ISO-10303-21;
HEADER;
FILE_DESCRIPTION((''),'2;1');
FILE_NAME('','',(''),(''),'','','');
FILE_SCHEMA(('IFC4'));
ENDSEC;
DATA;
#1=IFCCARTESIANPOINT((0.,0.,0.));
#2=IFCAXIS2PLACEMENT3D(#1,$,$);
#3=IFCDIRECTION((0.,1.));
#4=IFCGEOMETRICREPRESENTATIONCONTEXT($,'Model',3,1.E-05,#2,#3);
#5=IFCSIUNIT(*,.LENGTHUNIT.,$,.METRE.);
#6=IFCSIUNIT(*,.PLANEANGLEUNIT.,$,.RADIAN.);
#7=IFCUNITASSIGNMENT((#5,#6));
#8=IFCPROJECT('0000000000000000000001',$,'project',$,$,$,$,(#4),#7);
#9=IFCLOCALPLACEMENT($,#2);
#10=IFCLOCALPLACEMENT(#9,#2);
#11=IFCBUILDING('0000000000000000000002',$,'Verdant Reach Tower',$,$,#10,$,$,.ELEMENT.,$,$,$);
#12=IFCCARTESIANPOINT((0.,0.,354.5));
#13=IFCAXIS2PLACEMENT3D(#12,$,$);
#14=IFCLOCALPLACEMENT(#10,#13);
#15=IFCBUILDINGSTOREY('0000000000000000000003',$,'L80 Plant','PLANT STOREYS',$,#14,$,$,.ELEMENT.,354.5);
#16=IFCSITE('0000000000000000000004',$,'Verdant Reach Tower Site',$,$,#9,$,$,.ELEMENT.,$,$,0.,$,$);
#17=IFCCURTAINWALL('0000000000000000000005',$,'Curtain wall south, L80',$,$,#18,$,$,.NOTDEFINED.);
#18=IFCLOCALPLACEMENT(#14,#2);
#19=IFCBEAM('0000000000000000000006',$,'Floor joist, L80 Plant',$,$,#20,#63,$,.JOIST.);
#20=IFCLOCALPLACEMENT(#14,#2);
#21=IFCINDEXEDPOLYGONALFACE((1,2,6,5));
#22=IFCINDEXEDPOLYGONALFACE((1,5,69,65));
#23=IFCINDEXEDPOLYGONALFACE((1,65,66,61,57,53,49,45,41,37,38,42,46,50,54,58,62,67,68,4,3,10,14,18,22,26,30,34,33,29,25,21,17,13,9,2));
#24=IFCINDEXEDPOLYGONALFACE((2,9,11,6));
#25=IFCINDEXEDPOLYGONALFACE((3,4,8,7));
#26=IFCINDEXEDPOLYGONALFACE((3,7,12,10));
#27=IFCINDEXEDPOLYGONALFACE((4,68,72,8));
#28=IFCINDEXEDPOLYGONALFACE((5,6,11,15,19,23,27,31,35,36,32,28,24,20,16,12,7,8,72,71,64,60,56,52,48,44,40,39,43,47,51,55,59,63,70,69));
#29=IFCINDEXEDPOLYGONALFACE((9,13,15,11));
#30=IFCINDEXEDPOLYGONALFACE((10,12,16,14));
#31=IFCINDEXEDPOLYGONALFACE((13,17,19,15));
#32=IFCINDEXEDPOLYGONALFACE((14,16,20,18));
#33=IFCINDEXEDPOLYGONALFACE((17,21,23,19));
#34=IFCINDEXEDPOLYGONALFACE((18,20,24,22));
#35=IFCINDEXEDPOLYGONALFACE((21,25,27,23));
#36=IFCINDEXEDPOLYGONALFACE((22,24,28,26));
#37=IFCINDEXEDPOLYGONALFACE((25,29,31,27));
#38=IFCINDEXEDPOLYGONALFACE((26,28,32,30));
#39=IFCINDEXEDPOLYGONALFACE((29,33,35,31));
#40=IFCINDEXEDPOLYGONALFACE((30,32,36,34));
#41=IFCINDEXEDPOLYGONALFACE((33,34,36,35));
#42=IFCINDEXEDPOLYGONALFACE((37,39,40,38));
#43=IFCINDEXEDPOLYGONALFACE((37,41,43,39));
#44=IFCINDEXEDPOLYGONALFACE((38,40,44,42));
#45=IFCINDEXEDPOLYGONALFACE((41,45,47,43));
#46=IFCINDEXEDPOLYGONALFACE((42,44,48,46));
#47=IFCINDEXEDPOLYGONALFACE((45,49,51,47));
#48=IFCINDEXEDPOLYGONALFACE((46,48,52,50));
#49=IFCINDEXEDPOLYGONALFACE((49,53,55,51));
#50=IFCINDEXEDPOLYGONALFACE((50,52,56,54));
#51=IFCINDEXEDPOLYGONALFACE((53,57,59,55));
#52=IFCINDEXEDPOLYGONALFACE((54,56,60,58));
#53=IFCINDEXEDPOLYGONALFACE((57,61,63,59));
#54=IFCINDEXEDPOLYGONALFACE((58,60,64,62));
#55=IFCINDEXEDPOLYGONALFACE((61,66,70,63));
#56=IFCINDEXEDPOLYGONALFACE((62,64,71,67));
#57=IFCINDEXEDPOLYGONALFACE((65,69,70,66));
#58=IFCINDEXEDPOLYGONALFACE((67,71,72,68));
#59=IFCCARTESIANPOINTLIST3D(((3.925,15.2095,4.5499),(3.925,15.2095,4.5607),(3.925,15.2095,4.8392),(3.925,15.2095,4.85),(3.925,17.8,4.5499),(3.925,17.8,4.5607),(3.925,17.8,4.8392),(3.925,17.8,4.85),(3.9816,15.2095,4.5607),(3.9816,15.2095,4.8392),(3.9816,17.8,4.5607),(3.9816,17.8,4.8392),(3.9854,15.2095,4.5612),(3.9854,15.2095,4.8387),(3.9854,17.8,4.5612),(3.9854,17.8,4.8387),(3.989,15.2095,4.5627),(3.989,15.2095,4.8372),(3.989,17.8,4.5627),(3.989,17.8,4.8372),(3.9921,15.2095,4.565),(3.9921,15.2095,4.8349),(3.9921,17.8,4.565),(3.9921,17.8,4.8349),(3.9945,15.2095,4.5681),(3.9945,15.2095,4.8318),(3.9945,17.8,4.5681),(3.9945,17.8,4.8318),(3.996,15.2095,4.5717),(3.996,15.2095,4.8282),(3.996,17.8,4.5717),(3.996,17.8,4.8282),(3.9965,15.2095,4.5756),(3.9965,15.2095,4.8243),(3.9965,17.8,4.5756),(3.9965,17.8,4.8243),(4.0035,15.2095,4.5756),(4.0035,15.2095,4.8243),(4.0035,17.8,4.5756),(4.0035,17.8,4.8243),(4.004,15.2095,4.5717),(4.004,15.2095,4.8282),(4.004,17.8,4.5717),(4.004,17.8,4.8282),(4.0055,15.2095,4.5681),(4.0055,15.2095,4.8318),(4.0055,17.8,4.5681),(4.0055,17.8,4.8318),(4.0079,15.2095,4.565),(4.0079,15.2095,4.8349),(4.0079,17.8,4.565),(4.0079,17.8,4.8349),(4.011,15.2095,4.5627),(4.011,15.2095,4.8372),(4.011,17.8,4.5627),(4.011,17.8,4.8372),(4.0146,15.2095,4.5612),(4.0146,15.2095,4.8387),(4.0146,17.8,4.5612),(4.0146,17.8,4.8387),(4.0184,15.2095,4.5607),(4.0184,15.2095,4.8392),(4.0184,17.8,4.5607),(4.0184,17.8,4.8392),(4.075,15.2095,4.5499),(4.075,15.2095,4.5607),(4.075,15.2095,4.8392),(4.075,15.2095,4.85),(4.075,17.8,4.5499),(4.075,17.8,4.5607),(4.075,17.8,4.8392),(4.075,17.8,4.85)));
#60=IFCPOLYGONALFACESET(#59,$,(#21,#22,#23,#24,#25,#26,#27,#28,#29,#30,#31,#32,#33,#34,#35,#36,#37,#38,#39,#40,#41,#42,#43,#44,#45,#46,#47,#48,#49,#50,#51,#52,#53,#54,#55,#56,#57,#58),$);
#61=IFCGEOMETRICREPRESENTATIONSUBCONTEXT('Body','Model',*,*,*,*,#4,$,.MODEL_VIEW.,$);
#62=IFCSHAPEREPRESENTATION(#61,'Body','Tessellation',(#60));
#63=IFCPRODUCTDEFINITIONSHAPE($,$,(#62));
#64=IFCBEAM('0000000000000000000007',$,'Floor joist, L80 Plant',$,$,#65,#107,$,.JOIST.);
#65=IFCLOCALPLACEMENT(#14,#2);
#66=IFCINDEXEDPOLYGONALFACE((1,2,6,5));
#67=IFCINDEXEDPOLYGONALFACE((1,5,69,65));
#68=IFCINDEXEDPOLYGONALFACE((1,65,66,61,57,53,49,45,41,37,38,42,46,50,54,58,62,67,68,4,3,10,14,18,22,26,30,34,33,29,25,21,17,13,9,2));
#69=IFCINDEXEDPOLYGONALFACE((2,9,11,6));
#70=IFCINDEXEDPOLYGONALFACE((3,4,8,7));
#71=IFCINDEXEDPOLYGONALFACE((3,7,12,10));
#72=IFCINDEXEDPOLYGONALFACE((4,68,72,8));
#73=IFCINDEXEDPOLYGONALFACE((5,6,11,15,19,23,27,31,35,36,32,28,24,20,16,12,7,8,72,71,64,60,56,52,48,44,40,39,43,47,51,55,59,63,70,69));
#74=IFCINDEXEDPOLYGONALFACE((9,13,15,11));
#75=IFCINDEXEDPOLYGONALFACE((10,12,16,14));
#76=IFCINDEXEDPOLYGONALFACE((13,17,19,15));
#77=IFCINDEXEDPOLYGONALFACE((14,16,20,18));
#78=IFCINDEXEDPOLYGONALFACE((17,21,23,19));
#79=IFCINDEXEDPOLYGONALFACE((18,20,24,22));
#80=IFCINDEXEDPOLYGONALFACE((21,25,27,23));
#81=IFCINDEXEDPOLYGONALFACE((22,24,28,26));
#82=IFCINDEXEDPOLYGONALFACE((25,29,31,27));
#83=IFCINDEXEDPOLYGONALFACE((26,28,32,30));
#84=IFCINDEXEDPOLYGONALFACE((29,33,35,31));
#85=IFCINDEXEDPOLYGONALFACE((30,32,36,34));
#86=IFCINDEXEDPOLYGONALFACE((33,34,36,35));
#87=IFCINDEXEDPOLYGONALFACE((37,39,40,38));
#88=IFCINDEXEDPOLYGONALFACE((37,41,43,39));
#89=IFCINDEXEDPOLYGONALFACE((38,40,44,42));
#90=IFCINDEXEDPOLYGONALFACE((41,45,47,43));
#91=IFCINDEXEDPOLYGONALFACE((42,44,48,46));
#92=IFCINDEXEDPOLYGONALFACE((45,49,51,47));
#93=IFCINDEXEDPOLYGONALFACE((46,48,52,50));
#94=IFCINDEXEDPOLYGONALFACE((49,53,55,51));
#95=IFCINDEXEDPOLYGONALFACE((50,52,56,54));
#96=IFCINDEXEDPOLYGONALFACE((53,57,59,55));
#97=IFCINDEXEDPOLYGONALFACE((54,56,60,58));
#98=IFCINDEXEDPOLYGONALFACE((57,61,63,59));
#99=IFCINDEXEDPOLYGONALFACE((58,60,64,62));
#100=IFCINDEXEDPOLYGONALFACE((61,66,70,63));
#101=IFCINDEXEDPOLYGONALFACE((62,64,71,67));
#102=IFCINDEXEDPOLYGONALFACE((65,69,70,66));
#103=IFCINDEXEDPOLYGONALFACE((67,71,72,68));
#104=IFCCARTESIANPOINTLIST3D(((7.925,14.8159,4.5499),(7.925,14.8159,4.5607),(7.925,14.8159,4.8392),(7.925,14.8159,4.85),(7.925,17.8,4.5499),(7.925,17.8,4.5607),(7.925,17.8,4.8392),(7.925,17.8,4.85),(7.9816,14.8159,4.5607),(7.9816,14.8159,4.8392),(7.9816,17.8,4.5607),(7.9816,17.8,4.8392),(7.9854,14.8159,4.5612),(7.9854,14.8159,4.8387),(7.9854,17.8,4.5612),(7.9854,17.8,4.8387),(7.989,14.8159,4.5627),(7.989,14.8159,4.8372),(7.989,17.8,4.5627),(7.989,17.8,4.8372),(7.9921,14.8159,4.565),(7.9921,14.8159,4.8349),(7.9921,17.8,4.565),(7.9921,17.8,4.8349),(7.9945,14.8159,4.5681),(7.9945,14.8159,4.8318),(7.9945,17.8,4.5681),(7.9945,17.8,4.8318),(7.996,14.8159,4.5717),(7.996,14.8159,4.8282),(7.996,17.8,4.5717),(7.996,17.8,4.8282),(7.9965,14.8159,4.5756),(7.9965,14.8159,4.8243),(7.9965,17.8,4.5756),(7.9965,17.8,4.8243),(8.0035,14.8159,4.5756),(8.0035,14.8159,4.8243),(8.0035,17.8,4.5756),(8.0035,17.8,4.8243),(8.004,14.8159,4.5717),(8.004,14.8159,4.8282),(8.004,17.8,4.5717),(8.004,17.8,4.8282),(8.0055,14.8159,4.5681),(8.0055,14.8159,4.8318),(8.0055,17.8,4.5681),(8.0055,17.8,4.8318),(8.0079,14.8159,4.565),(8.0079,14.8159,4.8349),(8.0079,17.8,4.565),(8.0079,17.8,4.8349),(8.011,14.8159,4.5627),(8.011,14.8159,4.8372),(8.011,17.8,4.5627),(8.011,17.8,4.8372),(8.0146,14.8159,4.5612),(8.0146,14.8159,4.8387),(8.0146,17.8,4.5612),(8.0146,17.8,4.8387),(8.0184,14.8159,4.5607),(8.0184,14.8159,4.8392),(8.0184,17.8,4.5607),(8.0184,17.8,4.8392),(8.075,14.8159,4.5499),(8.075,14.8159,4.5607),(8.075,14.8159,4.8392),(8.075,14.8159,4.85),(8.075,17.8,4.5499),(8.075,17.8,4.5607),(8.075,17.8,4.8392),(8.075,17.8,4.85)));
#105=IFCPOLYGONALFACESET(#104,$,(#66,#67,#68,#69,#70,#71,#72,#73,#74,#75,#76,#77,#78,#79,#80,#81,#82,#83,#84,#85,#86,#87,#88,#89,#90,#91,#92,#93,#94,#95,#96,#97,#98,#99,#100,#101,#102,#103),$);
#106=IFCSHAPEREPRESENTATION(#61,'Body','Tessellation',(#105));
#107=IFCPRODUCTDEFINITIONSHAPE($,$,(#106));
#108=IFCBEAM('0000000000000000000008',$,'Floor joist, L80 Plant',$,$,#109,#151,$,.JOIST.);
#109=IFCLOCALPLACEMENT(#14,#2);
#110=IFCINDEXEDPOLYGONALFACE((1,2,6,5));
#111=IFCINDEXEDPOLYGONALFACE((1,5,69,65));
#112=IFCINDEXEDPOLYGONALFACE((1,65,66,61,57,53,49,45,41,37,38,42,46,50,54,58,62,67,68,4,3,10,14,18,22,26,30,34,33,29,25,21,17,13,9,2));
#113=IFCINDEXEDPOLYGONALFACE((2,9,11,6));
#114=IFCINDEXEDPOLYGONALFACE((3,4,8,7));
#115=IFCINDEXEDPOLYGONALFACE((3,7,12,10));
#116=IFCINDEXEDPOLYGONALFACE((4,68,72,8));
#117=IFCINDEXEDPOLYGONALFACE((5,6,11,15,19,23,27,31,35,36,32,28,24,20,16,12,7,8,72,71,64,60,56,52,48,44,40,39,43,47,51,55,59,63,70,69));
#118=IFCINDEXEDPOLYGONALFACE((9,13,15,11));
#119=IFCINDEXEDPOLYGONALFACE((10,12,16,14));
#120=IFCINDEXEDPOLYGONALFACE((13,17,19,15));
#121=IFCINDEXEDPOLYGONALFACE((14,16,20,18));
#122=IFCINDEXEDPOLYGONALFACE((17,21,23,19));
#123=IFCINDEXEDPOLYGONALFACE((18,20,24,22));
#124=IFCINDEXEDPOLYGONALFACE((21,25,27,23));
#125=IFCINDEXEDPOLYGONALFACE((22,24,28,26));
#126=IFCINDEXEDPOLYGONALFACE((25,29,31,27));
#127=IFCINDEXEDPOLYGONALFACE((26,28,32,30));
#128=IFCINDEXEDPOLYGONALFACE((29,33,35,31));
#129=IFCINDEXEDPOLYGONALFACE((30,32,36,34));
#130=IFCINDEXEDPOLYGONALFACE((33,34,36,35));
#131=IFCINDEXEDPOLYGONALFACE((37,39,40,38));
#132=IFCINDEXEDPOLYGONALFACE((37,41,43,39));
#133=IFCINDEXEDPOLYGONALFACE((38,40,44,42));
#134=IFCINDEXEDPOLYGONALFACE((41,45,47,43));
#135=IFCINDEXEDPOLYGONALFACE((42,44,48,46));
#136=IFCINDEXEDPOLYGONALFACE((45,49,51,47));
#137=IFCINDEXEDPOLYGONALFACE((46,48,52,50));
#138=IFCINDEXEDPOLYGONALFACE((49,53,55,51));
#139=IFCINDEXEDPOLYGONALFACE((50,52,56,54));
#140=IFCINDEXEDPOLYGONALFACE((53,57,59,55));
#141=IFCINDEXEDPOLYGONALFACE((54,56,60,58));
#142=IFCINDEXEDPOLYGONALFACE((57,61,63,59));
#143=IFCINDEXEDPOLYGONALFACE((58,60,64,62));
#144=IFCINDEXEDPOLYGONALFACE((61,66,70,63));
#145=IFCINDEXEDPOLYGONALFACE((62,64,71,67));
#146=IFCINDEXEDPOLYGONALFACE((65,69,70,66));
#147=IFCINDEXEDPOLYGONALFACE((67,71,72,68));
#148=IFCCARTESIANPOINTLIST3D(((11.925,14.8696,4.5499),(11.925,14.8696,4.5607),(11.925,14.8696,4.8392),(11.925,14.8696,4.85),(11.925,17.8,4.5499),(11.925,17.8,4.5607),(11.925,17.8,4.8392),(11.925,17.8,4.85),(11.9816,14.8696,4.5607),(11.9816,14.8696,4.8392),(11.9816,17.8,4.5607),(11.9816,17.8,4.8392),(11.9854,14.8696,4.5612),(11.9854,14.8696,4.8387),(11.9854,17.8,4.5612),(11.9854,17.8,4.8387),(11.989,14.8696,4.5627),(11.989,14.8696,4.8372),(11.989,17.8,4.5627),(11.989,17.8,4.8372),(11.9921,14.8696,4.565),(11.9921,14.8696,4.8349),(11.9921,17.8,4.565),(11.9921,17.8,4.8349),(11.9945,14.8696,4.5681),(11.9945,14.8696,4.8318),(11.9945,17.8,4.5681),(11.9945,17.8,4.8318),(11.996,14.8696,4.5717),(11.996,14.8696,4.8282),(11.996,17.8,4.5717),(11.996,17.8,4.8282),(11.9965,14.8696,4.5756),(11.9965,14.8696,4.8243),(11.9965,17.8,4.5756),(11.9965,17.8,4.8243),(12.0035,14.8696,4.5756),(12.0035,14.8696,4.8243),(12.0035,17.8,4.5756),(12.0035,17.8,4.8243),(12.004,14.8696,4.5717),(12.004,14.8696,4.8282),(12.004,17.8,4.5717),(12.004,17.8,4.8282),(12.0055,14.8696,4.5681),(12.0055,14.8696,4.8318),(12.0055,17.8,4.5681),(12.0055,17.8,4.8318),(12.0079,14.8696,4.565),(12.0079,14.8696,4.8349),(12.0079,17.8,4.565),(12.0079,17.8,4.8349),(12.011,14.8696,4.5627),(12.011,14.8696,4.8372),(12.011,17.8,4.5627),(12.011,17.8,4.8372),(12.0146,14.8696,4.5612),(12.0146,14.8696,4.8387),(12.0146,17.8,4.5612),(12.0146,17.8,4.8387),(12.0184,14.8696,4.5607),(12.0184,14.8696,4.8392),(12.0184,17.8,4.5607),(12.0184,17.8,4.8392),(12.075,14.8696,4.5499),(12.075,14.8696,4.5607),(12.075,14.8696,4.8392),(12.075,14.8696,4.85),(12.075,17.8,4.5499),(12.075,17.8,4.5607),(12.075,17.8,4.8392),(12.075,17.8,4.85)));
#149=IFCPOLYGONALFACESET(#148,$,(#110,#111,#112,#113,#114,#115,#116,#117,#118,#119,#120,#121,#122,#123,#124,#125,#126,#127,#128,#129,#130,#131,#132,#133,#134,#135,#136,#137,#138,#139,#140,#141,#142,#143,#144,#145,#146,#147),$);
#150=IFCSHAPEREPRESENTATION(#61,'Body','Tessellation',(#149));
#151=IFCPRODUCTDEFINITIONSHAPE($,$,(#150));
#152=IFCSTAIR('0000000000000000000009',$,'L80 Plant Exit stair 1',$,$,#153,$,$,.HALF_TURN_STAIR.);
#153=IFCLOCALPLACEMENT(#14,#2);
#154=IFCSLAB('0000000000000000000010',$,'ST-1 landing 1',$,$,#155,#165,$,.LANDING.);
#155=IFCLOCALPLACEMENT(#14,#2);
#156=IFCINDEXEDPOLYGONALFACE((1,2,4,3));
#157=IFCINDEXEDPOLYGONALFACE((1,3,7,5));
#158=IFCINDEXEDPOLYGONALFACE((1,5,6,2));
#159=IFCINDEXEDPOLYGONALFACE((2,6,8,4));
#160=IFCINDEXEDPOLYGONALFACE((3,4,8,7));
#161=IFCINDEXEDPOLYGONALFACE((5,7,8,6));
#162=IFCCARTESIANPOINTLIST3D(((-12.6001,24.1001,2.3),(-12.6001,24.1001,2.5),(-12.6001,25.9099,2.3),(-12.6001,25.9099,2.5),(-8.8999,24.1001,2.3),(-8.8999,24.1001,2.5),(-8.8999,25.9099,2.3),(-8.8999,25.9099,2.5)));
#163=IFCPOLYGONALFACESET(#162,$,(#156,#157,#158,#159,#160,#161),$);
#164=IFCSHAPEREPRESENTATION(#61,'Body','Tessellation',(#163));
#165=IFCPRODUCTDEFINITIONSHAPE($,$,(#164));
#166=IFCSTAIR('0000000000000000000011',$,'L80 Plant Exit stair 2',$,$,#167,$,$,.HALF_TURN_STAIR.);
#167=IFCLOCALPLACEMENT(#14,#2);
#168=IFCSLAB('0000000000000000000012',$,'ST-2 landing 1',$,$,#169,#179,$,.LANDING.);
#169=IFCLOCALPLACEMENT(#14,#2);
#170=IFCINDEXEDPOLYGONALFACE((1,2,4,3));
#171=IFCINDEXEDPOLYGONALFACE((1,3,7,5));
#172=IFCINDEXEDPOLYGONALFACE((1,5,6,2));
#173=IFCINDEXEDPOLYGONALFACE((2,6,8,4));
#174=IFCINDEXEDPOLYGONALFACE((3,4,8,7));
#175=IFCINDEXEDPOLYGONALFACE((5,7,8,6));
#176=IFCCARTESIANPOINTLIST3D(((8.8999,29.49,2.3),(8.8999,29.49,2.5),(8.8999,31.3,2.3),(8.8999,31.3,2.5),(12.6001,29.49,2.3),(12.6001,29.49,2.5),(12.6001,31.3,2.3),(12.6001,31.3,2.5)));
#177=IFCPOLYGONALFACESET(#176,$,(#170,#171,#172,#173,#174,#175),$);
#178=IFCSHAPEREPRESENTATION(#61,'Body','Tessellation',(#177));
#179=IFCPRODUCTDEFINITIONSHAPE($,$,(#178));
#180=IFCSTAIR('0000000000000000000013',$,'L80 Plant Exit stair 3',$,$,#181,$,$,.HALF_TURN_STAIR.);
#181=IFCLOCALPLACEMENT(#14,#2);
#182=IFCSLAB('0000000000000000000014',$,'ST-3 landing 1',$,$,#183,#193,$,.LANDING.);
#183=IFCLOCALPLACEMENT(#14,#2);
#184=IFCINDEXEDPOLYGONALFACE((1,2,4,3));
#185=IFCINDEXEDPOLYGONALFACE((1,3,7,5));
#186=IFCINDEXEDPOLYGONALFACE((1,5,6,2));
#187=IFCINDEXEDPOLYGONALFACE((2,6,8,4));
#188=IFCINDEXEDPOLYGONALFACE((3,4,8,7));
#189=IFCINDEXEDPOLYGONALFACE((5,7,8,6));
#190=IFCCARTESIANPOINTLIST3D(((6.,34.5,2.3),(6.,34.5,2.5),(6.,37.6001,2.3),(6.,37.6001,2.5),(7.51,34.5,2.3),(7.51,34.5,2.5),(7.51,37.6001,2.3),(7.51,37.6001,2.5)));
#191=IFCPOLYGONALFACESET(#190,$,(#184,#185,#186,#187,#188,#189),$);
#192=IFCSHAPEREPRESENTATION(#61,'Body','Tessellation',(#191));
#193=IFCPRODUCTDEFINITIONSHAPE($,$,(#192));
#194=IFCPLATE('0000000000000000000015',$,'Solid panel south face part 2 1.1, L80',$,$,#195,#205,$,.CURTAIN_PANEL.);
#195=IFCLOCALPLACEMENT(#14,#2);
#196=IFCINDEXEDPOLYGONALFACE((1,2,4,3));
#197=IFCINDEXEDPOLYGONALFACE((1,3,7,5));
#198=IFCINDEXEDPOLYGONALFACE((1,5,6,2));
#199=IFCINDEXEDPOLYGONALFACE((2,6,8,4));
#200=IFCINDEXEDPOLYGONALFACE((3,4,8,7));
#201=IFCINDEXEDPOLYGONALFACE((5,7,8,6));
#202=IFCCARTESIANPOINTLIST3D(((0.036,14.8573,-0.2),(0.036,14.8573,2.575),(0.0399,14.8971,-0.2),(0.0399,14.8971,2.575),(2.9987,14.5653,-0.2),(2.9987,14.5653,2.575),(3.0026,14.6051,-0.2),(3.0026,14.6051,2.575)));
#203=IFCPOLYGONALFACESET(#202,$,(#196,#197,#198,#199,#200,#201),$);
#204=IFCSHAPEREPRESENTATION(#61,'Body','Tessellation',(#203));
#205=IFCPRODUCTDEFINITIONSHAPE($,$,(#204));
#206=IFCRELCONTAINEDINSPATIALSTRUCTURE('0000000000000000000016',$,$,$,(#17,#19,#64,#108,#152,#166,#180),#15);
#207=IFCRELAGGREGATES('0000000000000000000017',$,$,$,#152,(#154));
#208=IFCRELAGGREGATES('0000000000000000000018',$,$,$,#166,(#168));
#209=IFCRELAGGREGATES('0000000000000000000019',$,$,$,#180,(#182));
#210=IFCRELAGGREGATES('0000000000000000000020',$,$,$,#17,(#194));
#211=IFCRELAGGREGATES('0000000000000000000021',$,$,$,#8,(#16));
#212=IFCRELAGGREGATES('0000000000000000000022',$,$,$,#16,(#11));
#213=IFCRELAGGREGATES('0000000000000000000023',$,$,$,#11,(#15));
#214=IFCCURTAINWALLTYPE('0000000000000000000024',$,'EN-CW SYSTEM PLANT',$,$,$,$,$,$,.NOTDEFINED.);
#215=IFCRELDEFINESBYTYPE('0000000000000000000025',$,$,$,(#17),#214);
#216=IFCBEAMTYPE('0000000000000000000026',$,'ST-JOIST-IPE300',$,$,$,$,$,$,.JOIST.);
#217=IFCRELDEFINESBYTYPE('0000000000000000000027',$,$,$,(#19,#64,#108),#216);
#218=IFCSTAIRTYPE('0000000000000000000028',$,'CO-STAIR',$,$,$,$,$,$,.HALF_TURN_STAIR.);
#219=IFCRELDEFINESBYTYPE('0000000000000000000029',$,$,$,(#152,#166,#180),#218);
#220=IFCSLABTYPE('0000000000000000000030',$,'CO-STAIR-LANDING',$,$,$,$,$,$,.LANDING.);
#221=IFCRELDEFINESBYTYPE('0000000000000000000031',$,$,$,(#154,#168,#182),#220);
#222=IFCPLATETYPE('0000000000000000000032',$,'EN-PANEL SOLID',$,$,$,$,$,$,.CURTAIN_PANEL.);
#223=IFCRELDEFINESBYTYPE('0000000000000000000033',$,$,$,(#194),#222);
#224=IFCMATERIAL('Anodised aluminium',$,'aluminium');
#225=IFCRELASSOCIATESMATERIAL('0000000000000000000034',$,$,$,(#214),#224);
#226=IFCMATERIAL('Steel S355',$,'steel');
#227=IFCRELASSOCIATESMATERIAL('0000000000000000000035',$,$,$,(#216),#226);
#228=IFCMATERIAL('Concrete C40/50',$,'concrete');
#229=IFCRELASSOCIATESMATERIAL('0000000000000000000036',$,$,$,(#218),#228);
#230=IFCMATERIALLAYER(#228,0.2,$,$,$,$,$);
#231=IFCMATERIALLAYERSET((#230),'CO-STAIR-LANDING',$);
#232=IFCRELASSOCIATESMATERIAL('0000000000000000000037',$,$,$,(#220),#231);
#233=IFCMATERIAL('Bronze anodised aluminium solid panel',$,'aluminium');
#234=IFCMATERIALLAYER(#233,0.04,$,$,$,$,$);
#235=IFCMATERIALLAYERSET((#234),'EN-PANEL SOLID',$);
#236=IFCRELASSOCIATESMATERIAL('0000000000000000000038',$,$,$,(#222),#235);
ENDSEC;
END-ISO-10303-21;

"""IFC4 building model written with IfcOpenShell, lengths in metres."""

from ifc_helpers import new_model, si_unit, direction, frame, origin, origin_2d, place, context, subcontext, project, spatial, polyline, rectangle, i_section, outline, extrude, material, layer, layer_set, material_profile, profile_set, type_object, element, aggregate, save


model = new_model("IFC4")

# Units and contexts
model_context = context("Model", 3, precision=1e-05, world=origin(), true_north=direction((0.0, 1.0)))
body_context = subcontext(model_context, "Body", "Model", "MODEL_VIEW")
ifc_project = project(units=[si_unit("LENGTHUNIT", "METRE"), si_unit("PLANEANGLEUNIT", "RADIAN")], contexts=[model_context])

# Site, building, storey
site_placement = place(None, origin())
site = spatial("IfcSite", under=ifc_project, at=site_placement, Name="Verdant Reach Tower Site", CompositionType="ELEMENT", RefElevation=0.0)
building_placement = place(site_placement, origin())
building = spatial("IfcBuilding", under=site, at=building_placement, Name="Verdant Reach Tower", CompositionType="ELEMENT")
storey_placement = place(building_placement, frame((0.0, 0.0, 354.5)))
storey = spatial("IfcBuildingStorey", under=building, at=storey_placement, Name="L80 Plant", Description="PLANT STOREYS", CompositionType="ELEMENT", Elevation=354.5)

# Curtain wall
ifc_material_1 = material(Name="Anodised aluminium", Category="aluminium")
curtain_wall_type = type_object("IfcCurtainWallType", Name="EN-CW SYSTEM PLANT", PredefinedType="NOTDEFINED", material=ifc_material_1)
curtain_wall_placement = place(storey_placement, origin())
curtain_wall = element("IfcCurtainWall", 1, at=curtain_wall_placement, inside=storey, type_object=curtain_wall_type, Name="Curtain wall south, L80", PredefinedType="NOTDEFINED")

# Beams
ifc_material_2 = material(Name="Steel S355", Category="steel")
ifc_material_profile_1 = material_profile(ifc_material_2, i_section(OverallWidth=0.1499, OverallDepth=0.3, WebThickness=0.0071, FlangeThickness=0.0107, FilletRadius=0.0149, at=origin_2d()), Name="IPE 300")
ifc_profile_set_1 = profile_set([ifc_material_profile_1], Name="Steel S355")
beam_type = type_object("IfcBeamType", Name="ST-JOIST-IPE300", PredefinedType="JOIST", material=ifc_profile_set_1)
beam_1_placement = place(storey_placement, frame((4.0, 17.8, 4.7), z_axis=(0.0, -1.0, 0.0), x_axis=(1.0, 0.0, 0.0)))
element("IfcBeam", 2, at=beam_1_placement, inside=storey, type_object=beam_type, Name="Floor joist, L80 Plant", PredefinedType="JOIST", context=body_context, shape_type="SweptSolid", body=[
    extrude(i_section(OverallWidth=0.1499, OverallDepth=0.3, WebThickness=0.0071, FlangeThickness=0.0107, FilletRadius=0.0149, at=origin_2d()), origin(), (0.0, 0.0, 1.0), 2.5906),
])
beam_2_placement = place(storey_placement, frame((8.0, 17.8, 4.7), z_axis=(0.0, -1.0, 0.0), x_axis=(1.0, 0.0, 0.0)))
element("IfcBeam", 3, at=beam_2_placement, inside=storey, type_object=beam_type, Name="Floor joist, L80 Plant", PredefinedType="JOIST", context=body_context, shape_type="SweptSolid", body=[
    extrude(i_section(OverallWidth=0.1499, OverallDepth=0.3, WebThickness=0.0071, FlangeThickness=0.0107, FilletRadius=0.0149, at=origin_2d()), origin(), (0.0, 0.0, 1.0), 2.9841),
])
beam_3_placement = place(storey_placement, frame((12.0, 17.8, 4.7), z_axis=(0.0, -1.0, 0.0), x_axis=(1.0, 0.0, 0.0)))
element("IfcBeam", 4, at=beam_3_placement, inside=storey, type_object=beam_type, Name="Floor joist, L80 Plant", PredefinedType="JOIST", context=body_context, shape_type="SweptSolid", body=[
    extrude(i_section(OverallWidth=0.1499, OverallDepth=0.3, WebThickness=0.0071, FlangeThickness=0.0107, FilletRadius=0.0149, at=origin_2d()), origin(), (0.0, 0.0, 1.0), 2.9304),
])

# Stairs, slabs
ifc_material_3 = material(Name="Concrete C40/50", Category="concrete")
stair_type = type_object("IfcStairType", Name="CO-STAIR", PredefinedType="HALF_TURN_STAIR", material=ifc_material_3)
stair_1_placement = place(storey_placement, origin())
stair_1 = element("IfcStair", 5, at=stair_1_placement, inside=storey, type_object=stair_type, Name="L80 Plant Exit stair 1", PredefinedType="HALF_TURN_STAIR")
ifc_layer_1 = layer(ifc_material_3, 0.2)
ifc_layer_set_1 = layer_set([ifc_layer_1], Name="CO-STAIR-LANDING")
slab_type = type_object("IfcSlabType", Name="CO-STAIR-LANDING", PredefinedType="LANDING", material=ifc_layer_set_1)
slab_1_placement = place(storey_placement, frame((0.0, 0.0, 2.3)))
slab_1 = element("IfcSlab", 6, at=slab_1_placement, type_object=slab_type, Name="ST-1 landing 1", PredefinedType="LANDING", context=body_context, shape_type="SweptSolid", body=[
    extrude(outline(polyline([(-12.6001, 25.9099), (-12.6001, 24.1001), (-8.8999, 24.1001), (-8.8999, 25.9099), (-12.6001, 25.9099)])), origin(), (0.0, 0.0, 1.0), 0.2),
])
aggregate(stair_1, [slab_1])
stair_2_placement = place(storey_placement, origin())
stair_2 = element("IfcStair", 7, at=stair_2_placement, inside=storey, type_object=stair_type, Name="L80 Plant Exit stair 2", PredefinedType="HALF_TURN_STAIR")
slab_2_placement = place(storey_placement, frame((0.0, 0.0, 2.3)))
slab_2 = element("IfcSlab", 8, at=slab_2_placement, type_object=slab_type, Name="ST-2 landing 1", PredefinedType="LANDING", context=body_context, shape_type="SweptSolid", body=[
    extrude(outline(polyline([(12.6001, 29.49), (12.6001, 31.3), (8.8999, 31.3), (8.8999, 29.49), (12.6001, 29.49)])), origin(), (0.0, 0.0, 1.0), 0.2),
])
aggregate(stair_2, [slab_2])
stair_3_placement = place(storey_placement, origin())
stair_3 = element("IfcStair", 9, at=stair_3_placement, inside=storey, type_object=stair_type, Name="L80 Plant Exit stair 3", PredefinedType="HALF_TURN_STAIR")
slab_3_placement = place(storey_placement, frame((0.0, 0.0, 2.3)))
slab_3 = element("IfcSlab", 10, at=slab_3_placement, type_object=slab_type, Name="ST-3 landing 1", PredefinedType="LANDING", context=body_context, shape_type="SweptSolid", body=[
    extrude(outline(polyline([(7.51, 37.6001), (6.0, 37.6001), (6.0, 34.5), (7.51, 34.5), (7.51, 37.6001)])), origin(), (0.0, 0.0, 1.0), 0.2),
])
aggregate(stair_3, [slab_3])

# Plate
ifc_material_4 = material(Name="Bronze anodised aluminium solid panel", Category="aluminium")
ifc_layer_2 = layer(ifc_material_4, 0.04)
ifc_layer_set_2 = layer_set([ifc_layer_2], Name="EN-PANEL SOLID")
plate_type = type_object("IfcPlateType", Name="EN-PANEL SOLID", PredefinedType="CURTAIN_PANEL", material=ifc_layer_set_2)
plate_1_placement = place(storey_placement, frame((1.5193, 14.7312, -0.2), z_axis=(0.0, 0.0, 1.0), x_axis=(0.995179, -0.098075, 0.0)))
plate_1 = element("IfcPlate", 11, at=plate_1_placement, type_object=plate_type, Name="Solid panel south face part 2 1.1, L80", PredefinedType="CURTAIN_PANEL", context=body_context, shape_type="SweptSolid", body=[
    extrude(rectangle(XDim=2.9771, YDim=0.04, at=origin_2d()), origin(), (0.0, 0.0, 1.0), 2.7749),
])

aggregate(curtain_wall, [plate_1])

save(model, "model.ifc")
